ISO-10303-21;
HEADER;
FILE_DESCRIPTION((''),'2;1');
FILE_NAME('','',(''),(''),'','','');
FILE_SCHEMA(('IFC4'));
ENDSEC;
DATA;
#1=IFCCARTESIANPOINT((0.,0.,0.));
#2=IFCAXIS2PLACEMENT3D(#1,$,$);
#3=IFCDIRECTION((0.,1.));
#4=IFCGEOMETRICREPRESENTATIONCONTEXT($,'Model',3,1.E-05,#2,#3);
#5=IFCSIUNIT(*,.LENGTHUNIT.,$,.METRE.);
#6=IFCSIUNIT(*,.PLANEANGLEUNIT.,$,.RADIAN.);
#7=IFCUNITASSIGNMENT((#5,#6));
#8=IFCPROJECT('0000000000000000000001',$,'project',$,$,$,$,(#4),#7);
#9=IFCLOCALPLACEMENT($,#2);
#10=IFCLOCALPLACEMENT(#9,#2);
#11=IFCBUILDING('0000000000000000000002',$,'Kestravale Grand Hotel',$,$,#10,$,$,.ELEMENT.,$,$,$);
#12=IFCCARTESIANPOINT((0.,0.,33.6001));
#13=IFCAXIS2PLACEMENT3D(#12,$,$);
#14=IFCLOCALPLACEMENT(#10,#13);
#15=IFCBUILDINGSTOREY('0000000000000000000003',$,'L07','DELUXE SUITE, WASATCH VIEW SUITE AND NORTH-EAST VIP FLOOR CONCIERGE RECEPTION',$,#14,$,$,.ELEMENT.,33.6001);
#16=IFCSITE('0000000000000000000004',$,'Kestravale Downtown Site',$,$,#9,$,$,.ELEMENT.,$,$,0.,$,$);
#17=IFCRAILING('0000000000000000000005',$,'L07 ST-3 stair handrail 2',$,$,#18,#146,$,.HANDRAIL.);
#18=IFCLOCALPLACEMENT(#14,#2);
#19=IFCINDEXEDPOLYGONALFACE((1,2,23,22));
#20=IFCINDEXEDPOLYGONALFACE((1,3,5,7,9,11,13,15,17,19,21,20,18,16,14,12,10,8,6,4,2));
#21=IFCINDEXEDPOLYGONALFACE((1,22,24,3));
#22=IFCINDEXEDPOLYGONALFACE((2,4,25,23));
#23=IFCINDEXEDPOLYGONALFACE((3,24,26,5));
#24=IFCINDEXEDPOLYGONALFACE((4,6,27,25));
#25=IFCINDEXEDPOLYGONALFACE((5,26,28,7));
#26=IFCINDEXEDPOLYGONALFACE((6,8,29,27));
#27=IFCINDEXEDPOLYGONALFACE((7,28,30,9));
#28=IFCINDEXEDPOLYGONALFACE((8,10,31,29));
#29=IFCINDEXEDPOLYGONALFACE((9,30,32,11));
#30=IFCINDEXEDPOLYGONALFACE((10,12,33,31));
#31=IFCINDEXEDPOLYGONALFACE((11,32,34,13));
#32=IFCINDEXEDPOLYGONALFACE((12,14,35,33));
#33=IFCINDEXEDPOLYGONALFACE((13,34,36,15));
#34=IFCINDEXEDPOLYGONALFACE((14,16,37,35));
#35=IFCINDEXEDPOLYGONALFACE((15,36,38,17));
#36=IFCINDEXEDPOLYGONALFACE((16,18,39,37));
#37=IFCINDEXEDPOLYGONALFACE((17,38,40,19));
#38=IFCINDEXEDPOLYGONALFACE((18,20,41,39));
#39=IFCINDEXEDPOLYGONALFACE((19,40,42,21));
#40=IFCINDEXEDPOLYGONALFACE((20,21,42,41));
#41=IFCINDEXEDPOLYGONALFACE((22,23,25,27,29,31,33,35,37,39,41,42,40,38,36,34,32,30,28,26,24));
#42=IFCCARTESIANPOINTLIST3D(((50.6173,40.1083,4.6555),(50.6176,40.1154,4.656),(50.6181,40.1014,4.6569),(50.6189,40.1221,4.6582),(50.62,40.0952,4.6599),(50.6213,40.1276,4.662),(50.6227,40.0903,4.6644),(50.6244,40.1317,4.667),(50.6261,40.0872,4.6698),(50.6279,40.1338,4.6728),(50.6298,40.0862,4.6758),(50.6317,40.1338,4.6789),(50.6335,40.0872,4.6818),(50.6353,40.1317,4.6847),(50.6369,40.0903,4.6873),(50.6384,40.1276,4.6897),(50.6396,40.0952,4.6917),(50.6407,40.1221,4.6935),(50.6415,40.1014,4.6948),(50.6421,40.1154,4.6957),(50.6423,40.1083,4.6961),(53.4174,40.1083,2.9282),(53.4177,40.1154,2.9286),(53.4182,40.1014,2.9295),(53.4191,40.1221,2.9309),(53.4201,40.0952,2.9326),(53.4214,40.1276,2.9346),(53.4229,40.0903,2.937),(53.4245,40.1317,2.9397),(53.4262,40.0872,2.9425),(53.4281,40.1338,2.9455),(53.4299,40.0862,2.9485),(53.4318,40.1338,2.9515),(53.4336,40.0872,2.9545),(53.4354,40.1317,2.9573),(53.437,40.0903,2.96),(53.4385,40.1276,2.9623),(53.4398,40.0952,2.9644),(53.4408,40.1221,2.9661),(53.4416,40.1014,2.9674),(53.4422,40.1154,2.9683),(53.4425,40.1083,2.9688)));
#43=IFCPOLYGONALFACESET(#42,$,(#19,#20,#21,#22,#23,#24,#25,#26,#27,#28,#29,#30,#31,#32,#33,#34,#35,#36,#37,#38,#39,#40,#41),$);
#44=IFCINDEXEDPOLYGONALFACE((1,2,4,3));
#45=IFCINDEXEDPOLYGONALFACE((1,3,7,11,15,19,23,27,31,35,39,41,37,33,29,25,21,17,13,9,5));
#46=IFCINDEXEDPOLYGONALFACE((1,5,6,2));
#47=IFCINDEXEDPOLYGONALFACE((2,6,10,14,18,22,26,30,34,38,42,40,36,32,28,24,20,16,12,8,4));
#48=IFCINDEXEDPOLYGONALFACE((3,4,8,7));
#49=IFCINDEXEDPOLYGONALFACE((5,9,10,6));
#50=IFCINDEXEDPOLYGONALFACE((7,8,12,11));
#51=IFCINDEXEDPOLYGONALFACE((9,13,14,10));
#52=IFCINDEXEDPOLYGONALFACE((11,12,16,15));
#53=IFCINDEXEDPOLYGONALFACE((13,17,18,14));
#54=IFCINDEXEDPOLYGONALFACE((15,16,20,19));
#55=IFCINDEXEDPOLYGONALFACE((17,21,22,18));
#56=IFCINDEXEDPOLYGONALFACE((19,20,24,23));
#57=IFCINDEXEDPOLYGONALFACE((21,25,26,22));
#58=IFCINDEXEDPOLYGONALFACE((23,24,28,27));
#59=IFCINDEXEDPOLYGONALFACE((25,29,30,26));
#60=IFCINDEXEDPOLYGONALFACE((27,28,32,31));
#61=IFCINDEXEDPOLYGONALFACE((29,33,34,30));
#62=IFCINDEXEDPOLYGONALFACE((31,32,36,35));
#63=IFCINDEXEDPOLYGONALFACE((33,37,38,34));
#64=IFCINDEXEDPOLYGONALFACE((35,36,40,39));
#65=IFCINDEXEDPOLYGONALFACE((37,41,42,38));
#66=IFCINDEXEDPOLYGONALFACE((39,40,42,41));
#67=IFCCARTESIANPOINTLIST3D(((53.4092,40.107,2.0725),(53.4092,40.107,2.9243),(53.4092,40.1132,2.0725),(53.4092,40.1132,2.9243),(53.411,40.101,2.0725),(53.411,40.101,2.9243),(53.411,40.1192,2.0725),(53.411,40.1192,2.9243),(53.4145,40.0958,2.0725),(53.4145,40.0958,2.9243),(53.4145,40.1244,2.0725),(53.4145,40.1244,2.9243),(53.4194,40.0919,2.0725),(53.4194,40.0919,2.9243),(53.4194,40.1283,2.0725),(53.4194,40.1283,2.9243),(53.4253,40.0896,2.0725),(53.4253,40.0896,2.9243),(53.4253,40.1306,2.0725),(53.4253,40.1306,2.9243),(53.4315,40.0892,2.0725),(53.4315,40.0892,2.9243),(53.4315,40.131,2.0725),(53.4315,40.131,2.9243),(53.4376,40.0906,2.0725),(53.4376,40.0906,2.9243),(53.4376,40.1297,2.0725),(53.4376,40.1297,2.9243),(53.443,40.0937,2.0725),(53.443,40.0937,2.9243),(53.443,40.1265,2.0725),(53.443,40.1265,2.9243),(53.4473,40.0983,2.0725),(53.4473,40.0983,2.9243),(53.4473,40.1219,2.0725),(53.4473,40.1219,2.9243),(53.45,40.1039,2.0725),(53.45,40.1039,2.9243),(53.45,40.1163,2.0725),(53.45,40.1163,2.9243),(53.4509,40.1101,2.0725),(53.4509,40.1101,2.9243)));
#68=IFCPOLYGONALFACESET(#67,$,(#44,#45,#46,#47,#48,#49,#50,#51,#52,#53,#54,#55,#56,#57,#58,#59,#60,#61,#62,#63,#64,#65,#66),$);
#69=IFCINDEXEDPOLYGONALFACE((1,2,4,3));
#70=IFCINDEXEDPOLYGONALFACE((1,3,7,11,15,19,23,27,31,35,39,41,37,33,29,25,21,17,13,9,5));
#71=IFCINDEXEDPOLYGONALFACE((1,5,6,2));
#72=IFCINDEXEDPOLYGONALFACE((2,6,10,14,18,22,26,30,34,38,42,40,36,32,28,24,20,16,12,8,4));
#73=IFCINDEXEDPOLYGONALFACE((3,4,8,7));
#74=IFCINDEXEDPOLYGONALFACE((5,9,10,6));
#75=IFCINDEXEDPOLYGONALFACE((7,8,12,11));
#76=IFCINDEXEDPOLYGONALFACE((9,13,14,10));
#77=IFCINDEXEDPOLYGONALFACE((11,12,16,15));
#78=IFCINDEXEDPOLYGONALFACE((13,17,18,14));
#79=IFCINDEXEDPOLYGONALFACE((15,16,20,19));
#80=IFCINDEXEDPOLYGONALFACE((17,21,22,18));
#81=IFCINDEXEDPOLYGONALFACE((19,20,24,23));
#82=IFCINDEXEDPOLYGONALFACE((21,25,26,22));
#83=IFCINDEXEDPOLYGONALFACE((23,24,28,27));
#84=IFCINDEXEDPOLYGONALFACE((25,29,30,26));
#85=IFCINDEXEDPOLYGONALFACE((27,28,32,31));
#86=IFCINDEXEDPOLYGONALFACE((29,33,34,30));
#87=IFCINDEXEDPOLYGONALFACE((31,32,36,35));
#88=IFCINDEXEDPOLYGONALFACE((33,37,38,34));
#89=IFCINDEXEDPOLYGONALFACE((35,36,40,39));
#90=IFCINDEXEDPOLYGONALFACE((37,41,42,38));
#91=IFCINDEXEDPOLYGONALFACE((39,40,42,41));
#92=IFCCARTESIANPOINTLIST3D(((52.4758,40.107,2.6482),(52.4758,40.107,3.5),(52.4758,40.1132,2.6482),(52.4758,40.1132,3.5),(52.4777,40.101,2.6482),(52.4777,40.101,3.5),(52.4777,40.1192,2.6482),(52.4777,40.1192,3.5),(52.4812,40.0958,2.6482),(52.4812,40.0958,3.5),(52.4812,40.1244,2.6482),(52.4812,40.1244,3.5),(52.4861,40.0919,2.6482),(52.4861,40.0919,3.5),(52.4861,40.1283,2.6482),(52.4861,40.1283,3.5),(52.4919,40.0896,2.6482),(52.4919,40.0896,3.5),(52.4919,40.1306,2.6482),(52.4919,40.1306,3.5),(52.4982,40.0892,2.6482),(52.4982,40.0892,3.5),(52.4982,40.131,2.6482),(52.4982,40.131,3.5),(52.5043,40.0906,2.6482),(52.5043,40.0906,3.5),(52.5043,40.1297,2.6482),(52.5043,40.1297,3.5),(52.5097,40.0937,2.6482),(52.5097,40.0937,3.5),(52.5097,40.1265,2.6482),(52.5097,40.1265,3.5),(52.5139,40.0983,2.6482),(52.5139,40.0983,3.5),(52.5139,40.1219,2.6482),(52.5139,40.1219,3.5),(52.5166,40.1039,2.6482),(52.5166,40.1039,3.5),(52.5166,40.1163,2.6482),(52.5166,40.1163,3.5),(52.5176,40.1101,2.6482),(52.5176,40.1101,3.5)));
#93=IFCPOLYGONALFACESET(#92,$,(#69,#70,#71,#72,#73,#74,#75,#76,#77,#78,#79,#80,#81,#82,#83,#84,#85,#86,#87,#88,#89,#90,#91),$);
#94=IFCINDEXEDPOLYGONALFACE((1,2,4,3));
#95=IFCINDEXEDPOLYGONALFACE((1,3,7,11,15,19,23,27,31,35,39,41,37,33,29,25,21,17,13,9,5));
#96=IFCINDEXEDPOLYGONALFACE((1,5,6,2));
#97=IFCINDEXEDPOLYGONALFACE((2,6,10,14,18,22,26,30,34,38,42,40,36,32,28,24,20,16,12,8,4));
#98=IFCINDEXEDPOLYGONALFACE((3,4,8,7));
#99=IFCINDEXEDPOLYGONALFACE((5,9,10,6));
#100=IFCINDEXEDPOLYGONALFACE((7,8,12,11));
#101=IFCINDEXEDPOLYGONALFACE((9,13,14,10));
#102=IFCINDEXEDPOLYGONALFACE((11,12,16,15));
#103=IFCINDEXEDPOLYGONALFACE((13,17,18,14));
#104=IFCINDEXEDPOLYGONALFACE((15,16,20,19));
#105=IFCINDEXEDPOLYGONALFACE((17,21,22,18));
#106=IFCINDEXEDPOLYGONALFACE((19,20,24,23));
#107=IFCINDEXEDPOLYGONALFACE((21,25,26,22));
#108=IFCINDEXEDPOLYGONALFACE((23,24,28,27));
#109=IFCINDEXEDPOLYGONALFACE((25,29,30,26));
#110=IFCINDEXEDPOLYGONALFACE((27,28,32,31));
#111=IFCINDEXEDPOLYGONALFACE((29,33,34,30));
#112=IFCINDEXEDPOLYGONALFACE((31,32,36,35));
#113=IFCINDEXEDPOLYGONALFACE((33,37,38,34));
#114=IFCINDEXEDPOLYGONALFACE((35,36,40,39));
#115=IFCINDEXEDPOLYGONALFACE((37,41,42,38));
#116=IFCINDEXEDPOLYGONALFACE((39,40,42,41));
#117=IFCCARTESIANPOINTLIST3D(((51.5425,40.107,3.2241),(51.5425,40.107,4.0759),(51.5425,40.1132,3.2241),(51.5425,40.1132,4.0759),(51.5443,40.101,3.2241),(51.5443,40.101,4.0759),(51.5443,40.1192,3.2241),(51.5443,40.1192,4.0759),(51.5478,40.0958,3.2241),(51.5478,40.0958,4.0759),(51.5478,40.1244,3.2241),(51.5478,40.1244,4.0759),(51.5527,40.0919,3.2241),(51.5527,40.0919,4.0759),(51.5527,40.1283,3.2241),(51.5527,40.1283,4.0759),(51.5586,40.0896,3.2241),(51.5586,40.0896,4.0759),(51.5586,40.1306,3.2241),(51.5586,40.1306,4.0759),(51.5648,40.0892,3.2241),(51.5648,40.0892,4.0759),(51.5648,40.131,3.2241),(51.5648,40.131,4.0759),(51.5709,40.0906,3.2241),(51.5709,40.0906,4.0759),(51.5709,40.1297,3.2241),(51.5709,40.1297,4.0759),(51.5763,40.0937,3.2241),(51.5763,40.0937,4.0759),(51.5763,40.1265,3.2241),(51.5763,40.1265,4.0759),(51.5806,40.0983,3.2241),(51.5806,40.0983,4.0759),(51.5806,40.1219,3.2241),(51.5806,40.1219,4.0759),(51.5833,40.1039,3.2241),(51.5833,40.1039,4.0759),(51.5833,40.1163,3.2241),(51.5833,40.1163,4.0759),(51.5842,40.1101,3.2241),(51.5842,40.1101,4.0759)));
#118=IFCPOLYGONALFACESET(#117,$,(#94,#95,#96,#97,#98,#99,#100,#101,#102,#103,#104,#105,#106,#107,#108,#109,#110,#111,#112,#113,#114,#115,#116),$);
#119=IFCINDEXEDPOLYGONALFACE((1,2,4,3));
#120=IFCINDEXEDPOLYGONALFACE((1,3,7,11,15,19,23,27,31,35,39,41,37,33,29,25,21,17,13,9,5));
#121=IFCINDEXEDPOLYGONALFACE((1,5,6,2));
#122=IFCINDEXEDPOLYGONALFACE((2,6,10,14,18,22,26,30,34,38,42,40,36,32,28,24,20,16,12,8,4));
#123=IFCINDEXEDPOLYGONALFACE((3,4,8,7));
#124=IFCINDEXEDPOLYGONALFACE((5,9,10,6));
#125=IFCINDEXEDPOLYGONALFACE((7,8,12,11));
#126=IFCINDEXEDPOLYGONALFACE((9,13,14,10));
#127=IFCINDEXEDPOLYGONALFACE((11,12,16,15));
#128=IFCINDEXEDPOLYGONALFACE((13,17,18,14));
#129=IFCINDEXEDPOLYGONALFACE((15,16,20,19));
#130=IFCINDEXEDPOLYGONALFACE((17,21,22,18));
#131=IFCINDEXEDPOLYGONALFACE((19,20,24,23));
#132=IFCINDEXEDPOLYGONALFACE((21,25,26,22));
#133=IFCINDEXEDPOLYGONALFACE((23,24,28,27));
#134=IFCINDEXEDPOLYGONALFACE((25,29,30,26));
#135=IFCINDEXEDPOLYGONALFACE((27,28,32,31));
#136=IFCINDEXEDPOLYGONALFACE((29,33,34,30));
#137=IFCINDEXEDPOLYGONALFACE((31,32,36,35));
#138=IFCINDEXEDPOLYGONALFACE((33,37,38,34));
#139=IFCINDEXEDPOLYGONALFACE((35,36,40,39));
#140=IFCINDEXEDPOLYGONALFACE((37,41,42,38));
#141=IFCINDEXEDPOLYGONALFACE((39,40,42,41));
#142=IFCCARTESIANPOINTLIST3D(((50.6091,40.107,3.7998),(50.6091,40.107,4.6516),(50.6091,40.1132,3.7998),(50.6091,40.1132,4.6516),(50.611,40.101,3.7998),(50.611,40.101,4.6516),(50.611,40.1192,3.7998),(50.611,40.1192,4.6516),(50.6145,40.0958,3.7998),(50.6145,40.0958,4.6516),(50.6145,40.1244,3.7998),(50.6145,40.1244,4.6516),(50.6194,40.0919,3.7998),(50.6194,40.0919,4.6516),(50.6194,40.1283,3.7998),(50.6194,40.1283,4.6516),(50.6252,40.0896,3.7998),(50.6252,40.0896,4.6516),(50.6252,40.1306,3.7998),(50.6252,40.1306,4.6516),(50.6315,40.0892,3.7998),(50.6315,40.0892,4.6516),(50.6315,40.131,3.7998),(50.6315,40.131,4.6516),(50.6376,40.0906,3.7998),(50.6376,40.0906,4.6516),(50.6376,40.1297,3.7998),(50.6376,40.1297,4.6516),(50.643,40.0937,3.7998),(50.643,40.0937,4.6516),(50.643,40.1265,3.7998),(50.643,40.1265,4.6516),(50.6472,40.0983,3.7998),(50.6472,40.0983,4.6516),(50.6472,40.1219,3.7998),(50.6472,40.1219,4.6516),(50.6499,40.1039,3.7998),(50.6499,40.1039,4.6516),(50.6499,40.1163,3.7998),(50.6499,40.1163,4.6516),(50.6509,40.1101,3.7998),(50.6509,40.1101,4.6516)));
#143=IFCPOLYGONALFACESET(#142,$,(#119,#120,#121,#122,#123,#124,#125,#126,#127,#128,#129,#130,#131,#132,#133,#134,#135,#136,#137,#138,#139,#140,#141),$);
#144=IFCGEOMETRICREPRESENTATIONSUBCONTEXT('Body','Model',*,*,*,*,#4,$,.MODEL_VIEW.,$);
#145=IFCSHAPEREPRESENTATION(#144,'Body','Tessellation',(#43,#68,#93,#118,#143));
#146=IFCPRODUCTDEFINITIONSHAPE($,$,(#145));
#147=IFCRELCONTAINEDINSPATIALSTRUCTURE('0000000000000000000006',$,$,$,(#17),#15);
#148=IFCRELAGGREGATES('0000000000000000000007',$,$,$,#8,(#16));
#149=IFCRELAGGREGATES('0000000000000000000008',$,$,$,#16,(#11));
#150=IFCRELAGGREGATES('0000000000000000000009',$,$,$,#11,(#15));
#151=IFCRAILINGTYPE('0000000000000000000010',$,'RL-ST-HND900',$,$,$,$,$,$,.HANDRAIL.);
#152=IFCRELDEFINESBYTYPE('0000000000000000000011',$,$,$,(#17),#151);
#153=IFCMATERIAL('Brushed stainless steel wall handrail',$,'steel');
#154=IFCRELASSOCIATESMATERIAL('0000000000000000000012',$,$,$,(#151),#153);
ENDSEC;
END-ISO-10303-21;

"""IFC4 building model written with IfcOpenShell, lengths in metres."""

from ifc_helpers import new_model, si_unit, direction, frame, origin, origin_2d, place, context, subcontext, project, spatial, circle, extrude, material, type_object, element, save


model = new_model("IFC4")

# Units and contexts
model_context = context("Model", 3, precision=1e-05, world=origin(), true_north=direction((0.0, 1.0)))
body_context = subcontext(model_context, "Body", "Model", "MODEL_VIEW")
ifc_project = project(units=[si_unit("LENGTHUNIT", "METRE"), si_unit("PLANEANGLEUNIT", "RADIAN")], contexts=[model_context])

# Site, building, storey
site_placement = place(None, origin())
site = spatial("IfcSite", under=ifc_project, at=site_placement, Name="Kestravale Downtown Site", CompositionType="ELEMENT", RefElevation=0.0)
building_placement = place(site_placement, origin())
building = spatial("IfcBuilding", under=site, at=building_placement, Name="Kestravale Grand Hotel", CompositionType="ELEMENT")
storey_placement = place(building_placement, frame((0.0, 0.0, 33.6001)))
storey = spatial("IfcBuildingStorey", under=building, at=storey_placement, Name="L07", Description="DELUXE SUITE, WASATCH VIEW SUITE AND NORTH-EAST VIP FLOOR CONCIERGE RECEPTION", CompositionType="ELEMENT", Elevation=33.6001)

# Railing
ifc_material_1 = material(Name="Brushed stainless steel wall handrail", Category="steel")
railing_type_1 = type_object("IfcRailingType", Name="RL-ST-HND900", PredefinedType="HANDRAIL", material=ifc_material_1)
railing_1_placement = place(storey_placement, frame((53.4299, 40.1101, 2.0725)))
element("IfcRailing", 1, at=railing_1_placement, inside=storey, type_object=railing_type_1, Name="L07 ST-3 stair handrail 2", PredefinedType="HANDRAIL", context=body_context, shape_type="SweptSolid", body=[
    extrude(circle(Radius=0.0239, at=origin_2d()), frame((0.0, 0.0, 0.876), z_axis=(-0.85109, 0.0, 0.52502), x_axis=(0.0, -1.0, 0.0)), (0.0, 0.0, 1.0), 3.29),
    extrude(circle(Radius=0.021, at=origin_2d()), origin(), (0.0, 0.0, 1.0), 0.8518),
    extrude(circle(Radius=0.021, at=origin_2d()), frame((-0.9333, 0.0, 0.5757)), (0.0, 0.0, 1.0), 0.8518),
    extrude(circle(Radius=0.021, at=origin_2d()), frame((-1.8667, 0.0, 1.1516)), (0.0, 0.0, 1.0), 0.8518),
    extrude(circle(Radius=0.021, at=origin_2d()), frame((-2.8, 0.0, 1.7273)), (0.0, 0.0, 1.0), 0.8518),
])

save(model, "model.ifc")
